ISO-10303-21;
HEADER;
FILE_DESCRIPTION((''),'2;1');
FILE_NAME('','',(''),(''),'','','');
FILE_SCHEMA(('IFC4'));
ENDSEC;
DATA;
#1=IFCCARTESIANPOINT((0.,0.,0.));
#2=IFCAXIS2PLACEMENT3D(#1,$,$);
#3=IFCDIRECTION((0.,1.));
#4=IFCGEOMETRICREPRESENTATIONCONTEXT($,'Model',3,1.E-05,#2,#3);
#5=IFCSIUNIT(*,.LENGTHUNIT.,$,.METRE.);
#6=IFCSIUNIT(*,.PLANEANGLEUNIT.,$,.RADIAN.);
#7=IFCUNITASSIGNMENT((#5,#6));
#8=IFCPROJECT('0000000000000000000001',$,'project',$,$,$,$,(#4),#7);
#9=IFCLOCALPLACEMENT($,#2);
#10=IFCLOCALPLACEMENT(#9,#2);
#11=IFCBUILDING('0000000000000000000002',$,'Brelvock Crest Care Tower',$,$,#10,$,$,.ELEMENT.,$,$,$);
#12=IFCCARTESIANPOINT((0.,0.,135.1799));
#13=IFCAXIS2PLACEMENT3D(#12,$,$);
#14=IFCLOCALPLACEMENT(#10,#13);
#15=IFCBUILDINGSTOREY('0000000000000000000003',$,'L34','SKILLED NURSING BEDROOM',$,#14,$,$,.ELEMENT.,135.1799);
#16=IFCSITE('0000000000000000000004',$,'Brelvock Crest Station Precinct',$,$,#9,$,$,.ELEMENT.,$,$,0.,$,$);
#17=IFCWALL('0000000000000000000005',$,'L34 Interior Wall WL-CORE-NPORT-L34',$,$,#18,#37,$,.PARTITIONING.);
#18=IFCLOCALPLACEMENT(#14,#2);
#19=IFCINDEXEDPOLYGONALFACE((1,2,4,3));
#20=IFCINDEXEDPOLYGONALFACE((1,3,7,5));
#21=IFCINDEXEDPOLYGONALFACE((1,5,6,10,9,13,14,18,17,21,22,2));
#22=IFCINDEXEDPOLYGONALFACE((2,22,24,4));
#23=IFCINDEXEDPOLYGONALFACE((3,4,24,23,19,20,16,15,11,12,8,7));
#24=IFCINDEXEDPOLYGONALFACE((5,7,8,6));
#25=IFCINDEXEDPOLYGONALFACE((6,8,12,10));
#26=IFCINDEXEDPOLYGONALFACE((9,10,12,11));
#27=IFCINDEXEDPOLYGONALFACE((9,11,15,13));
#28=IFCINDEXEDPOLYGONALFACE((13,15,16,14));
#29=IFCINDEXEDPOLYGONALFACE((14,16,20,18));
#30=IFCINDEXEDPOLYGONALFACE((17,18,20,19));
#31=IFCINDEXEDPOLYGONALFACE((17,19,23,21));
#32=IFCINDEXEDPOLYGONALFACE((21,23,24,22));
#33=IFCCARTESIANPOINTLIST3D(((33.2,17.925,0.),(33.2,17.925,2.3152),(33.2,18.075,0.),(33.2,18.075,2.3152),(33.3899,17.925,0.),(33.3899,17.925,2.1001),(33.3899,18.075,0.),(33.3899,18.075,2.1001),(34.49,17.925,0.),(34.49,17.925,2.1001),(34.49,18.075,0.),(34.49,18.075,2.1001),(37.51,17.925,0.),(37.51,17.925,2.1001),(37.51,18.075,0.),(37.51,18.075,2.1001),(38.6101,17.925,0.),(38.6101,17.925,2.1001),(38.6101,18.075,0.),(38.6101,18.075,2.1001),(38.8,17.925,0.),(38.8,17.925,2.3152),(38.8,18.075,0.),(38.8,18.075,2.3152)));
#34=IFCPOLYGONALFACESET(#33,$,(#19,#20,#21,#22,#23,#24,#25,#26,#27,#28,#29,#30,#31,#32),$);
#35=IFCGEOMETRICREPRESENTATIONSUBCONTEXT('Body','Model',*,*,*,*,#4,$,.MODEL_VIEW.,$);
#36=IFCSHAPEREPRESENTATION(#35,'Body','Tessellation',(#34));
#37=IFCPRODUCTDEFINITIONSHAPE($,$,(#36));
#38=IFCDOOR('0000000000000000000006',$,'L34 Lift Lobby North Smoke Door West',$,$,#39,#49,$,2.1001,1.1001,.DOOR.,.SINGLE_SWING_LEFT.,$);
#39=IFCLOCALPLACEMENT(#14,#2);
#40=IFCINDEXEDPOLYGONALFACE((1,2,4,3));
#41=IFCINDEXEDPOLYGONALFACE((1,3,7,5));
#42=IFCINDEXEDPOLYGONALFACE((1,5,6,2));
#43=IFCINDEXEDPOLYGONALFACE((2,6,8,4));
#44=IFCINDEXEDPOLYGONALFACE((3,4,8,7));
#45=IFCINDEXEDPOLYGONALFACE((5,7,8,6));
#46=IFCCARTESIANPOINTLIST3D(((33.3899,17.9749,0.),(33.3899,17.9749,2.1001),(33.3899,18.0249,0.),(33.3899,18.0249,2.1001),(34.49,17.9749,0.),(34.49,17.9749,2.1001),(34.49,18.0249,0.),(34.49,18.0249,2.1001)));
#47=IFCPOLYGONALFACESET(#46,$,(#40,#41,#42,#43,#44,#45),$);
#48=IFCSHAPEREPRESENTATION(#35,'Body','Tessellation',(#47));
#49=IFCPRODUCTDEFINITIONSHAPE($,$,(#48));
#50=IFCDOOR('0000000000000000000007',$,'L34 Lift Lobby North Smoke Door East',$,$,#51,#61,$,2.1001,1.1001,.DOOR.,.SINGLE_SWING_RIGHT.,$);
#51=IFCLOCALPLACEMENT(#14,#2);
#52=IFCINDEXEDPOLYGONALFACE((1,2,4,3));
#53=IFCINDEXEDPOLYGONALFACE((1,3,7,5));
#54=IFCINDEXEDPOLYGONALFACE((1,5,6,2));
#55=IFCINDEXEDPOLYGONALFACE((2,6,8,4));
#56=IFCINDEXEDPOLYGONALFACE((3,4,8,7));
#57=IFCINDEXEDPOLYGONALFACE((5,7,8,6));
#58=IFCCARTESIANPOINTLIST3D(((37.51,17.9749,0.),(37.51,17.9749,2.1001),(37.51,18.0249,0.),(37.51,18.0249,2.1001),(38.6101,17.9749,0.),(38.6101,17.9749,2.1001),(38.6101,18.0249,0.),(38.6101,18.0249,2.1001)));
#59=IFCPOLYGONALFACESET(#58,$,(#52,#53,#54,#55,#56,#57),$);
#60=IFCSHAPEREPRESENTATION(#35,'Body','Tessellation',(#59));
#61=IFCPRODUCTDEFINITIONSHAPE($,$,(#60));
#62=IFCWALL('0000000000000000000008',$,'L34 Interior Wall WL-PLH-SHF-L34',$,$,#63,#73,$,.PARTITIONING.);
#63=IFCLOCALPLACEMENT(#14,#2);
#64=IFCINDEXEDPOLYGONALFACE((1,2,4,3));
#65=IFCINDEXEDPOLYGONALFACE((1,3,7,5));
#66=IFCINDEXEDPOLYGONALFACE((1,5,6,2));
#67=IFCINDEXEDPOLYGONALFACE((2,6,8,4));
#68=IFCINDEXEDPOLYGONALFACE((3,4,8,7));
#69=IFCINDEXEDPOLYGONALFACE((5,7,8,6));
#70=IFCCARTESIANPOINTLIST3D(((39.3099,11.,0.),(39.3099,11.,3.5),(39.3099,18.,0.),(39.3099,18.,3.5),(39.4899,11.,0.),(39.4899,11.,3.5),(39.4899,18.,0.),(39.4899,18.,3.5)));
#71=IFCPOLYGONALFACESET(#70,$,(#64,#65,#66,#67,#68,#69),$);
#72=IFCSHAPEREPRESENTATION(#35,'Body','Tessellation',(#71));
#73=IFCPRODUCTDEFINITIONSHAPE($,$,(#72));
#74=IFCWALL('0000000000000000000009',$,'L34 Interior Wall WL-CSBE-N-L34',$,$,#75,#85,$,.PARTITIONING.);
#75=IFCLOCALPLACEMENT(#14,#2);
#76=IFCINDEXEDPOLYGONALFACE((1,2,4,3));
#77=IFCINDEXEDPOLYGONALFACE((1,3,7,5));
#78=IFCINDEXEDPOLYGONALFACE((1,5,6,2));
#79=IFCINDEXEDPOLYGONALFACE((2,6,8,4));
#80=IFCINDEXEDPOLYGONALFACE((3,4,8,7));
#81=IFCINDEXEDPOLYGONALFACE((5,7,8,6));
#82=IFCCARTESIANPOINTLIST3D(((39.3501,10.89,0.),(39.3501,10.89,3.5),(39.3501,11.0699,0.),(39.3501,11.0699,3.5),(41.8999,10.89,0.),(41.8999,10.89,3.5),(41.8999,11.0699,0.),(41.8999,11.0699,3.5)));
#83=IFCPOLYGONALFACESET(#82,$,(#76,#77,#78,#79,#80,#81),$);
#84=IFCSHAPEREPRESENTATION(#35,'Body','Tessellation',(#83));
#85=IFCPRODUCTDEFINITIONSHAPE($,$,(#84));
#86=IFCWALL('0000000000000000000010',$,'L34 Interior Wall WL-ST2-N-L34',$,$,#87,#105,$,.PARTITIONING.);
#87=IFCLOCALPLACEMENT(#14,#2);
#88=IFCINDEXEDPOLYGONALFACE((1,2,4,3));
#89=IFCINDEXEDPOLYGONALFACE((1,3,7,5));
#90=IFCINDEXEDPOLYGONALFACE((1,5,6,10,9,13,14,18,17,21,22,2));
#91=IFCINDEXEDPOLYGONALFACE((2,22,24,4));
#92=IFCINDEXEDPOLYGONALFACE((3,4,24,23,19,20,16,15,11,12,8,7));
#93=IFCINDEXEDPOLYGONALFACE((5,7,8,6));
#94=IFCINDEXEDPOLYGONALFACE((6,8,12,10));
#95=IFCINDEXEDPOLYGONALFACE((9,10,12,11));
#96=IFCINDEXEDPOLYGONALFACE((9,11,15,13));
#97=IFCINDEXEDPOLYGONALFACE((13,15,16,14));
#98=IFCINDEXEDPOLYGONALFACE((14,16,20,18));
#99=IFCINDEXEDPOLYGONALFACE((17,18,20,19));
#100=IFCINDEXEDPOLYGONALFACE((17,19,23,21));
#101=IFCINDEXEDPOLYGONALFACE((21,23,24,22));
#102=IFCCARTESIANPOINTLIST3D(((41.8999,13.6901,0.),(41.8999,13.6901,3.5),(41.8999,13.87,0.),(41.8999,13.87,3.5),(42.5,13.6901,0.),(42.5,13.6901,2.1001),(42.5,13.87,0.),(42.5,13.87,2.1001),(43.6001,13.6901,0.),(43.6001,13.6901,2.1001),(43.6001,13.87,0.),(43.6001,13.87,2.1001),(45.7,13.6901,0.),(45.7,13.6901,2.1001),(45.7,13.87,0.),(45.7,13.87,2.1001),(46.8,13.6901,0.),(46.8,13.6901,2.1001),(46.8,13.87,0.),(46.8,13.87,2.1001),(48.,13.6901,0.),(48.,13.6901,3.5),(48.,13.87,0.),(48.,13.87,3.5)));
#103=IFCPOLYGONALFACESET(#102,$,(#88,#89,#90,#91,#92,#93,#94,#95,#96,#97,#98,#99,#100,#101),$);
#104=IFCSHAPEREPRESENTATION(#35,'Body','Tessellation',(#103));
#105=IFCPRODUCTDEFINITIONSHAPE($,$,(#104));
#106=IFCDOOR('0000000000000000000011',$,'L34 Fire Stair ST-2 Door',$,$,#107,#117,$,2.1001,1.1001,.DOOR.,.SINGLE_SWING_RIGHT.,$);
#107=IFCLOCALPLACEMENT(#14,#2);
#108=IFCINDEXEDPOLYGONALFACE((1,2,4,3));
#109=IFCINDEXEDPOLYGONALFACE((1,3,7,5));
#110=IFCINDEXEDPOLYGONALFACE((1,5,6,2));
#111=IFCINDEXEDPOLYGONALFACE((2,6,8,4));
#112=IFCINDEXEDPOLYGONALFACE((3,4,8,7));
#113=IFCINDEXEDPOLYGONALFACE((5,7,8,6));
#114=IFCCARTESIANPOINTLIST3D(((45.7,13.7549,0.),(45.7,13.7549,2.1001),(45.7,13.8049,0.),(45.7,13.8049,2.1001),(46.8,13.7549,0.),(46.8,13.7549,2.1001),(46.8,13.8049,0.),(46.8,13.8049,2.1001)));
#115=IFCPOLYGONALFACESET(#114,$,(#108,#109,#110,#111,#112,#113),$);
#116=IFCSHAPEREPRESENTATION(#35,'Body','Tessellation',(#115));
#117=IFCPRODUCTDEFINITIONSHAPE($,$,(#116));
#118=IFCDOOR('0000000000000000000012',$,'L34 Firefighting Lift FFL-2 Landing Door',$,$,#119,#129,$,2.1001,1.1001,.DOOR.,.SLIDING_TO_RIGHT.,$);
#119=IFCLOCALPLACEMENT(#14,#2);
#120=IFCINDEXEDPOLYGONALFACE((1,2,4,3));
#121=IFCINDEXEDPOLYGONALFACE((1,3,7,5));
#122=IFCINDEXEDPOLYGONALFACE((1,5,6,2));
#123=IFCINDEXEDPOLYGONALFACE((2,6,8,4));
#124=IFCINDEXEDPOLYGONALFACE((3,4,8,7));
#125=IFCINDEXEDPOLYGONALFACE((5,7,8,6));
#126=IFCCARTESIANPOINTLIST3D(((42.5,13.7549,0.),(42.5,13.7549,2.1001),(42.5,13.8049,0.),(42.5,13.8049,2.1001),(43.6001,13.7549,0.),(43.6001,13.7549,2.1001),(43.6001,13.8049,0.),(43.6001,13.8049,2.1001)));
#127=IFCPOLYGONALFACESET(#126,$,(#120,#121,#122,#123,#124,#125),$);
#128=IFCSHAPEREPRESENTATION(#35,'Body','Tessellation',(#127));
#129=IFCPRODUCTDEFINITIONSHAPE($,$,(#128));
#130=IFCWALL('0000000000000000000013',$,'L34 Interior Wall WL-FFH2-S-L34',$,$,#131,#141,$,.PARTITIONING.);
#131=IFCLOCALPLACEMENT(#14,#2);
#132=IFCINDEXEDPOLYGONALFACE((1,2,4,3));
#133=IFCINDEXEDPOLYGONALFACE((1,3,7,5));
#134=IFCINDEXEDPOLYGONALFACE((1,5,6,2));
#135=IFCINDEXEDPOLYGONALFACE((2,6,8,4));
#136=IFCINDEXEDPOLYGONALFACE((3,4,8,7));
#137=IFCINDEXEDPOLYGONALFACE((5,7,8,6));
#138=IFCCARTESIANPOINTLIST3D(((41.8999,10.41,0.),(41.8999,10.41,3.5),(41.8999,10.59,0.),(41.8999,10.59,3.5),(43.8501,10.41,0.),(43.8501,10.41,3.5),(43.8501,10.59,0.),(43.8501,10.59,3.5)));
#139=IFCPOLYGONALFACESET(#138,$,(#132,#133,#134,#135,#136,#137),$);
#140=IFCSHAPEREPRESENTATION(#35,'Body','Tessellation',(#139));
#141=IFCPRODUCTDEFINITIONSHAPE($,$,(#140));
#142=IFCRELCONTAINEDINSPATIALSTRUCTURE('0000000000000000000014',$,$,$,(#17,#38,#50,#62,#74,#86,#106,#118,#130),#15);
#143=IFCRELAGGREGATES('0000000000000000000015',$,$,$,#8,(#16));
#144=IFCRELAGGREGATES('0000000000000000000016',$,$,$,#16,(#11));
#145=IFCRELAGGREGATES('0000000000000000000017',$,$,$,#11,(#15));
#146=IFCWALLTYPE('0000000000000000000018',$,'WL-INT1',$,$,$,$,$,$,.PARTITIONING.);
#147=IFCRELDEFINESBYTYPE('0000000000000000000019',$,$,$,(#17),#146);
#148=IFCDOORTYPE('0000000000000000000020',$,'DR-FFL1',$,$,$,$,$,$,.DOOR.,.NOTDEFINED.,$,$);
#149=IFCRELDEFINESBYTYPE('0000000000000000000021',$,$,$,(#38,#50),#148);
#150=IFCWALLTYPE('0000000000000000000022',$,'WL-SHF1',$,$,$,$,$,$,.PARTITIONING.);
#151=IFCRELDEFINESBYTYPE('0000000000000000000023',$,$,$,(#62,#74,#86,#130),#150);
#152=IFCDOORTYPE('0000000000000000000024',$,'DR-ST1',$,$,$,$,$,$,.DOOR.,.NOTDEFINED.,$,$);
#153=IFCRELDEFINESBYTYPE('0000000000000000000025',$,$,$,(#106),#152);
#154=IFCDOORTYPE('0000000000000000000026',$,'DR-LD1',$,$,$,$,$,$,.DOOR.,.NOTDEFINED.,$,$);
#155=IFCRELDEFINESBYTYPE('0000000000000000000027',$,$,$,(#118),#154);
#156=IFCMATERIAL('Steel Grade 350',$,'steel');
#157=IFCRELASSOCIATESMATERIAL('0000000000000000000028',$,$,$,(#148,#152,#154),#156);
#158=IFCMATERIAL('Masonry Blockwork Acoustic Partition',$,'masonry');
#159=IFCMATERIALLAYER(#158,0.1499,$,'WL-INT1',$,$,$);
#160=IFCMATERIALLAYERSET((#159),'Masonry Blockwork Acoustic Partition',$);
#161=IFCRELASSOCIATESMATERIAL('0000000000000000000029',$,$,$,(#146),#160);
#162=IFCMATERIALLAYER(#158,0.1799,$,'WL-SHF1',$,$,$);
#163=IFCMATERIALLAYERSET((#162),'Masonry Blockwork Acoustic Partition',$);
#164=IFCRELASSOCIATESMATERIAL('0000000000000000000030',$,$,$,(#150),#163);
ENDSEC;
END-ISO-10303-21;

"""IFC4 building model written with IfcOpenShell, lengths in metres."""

from ifc_helpers import new_model, si_unit, direction, frame, frame_2d, origin, origin_2d, place, context, subcontext, project, spatial, rectangle, extrude, source, transform, mapped, material, layer, layer_set, type_object, element, fill, save


model = new_model("IFC4")

# Units and contexts
model_context = context("Model", 3, precision=1e-05, world=origin(), true_north=direction((0.0, 1.0)))
body_context = subcontext(model_context, "Body", "Model", "MODEL_VIEW")
ifc_project = project(units=[si_unit("LENGTHUNIT", "METRE"), si_unit("PLANEANGLEUNIT", "RADIAN")], contexts=[model_context])

# Site, building, storey
site_placement = place(None, origin())
site = spatial("IfcSite", under=ifc_project, at=site_placement, Name="Brelvock Crest Station Precinct", CompositionType="ELEMENT", RefElevation=0.0)
building_placement = place(site_placement, origin())
building = spatial("IfcBuilding", under=site, at=building_placement, Name="Brelvock Crest Care Tower", CompositionType="ELEMENT")
storey_placement = place(building_placement, frame((0.0, 0.0, 135.1799)))
storey = spatial("IfcBuildingStorey", under=building, at=storey_placement, Name="L34", Description="SKILLED NURSING BEDROOM", CompositionType="ELEMENT", Elevation=135.1799)

# Shared definitions
ifc_material_1 = material(Name="Steel Grade 350", Category="steel")

# Shared definitions
door_type_1 = type_object("IfcDoorType", Name="DR-FFL1", OperationType="NOTDEFINED", PredefinedType="DOOR", material=ifc_material_1)
shared_shape_1 = source(origin(), body_context, "Body", "SweptSolid", [
    extrude(rectangle(XDim=1.1001, YDim=2.1001, at=origin_2d()), frame((0.55, 0.0249, 1.05), z_axis=(0.0, -1.0, 0.0), x_axis=(1.0, 0.0, 0.0)), (0.0, 0.0, 1.0), 0.05),
])

# Wall, openings, doors
ifc_material_2 = material(Name="Masonry Blockwork Acoustic Partition", Category="masonry")
ifc_layer_1 = layer(ifc_material_2, 0.1499, Name="WL-INT1")
ifc_layer_set_1 = layer_set([ifc_layer_1], Name="Masonry Blockwork Acoustic Partition")
wall_type_1 = type_object("IfcWallType", Name="WL-INT1", PredefinedType="PARTITIONING", material=ifc_layer_set_1)
wall_1_placement = place(storey_placement, frame((33.2, 18.0, 0.0), z_axis=(0.0, 0.0, 1.0), x_axis=(1.0, 0.0, 0.0)))
wall_1 = element("IfcWall", 1, at=wall_1_placement, inside=storey, type_object=wall_type_1, Name="L34 Interior Wall WL-CORE-NPORT-L34", PredefinedType="PARTITIONING", context=body_context, shape_type="SweptSolid", body=[
    extrude(rectangle(XDim=5.6001, YDim=0.1499, at=frame_2d((2.8, 0.0))), origin(), (0.0, 0.0, 1.0), 2.3152),
])
opening_1_placement = place(wall_1_placement, frame((0.1899, 0.0, 0.0)))
opening_1 = element("IfcOpeningElement", 2, at=opening_1_placement, cuts=wall_1, PredefinedType="OPENING", context=body_context, shape_type="SweptSolid", body=[
    extrude(rectangle(XDim=1.1001, YDim=2.1001, at=origin_2d()), frame((0.55, 0.085, 1.05), z_axis=(0.0, -1.0, 0.0), x_axis=(1.0, 0.0, 0.0)), (0.0, 0.0, 1.0), 0.1699),
])
opening_2_placement = place(wall_1_placement, frame((4.3101, 0.0, 0.0)))
opening_2 = element("IfcOpeningElement", 3, at=opening_2_placement, cuts=wall_1, PredefinedType="OPENING", context=body_context, shape_type="SweptSolid", body=[
    extrude(rectangle(XDim=1.1001, YDim=2.1001, at=origin_2d()), frame((0.55, 0.085, 1.05), z_axis=(0.0, -1.0, 0.0), x_axis=(1.0, 0.0, 0.0)), (0.0, 0.0, 1.0), 0.1699),
])
door_1_placement = place(opening_1_placement, origin())
door_1 = element("IfcDoor", 4, at=door_1_placement, inside=storey, type_object=door_type_1, Name="L34 Lift Lobby North Smoke Door West", OperationType="SINGLE_SWING_LEFT", OverallHeight=2.1001, OverallWidth=1.1001, PredefinedType="DOOR", context=body_context, shape_type="MappedRepresentation", body=[
    mapped(shared_shape_1, transform((0.0, 0.0, 0.0), x_axis=(1.0, 0.0, 0.0), y_axis=(0.0, 1.0, 0.0), z_axis=(0.0, 0.0, 1.0), scale=1.0)),
])
fill(opening_1, door_1)
door_2_placement = place(opening_2_placement, origin())
door_2 = element("IfcDoor", 5, at=door_2_placement, inside=storey, type_object=door_type_1, Name="L34 Lift Lobby North Smoke Door East", OperationType="SINGLE_SWING_RIGHT", OverallHeight=2.1001, OverallWidth=1.1001, PredefinedType="DOOR", context=body_context, shape_type="MappedRepresentation", body=[
    mapped(shared_shape_1, transform((0.0, 0.0, 0.0), x_axis=(1.0, 0.0, 0.0), y_axis=(0.0, 1.0, 0.0), z_axis=(0.0, 0.0, 1.0), scale=1.0)),
])
fill(opening_2, door_2)

# Walls
ifc_layer_2 = layer(ifc_material_2, 0.1799, Name="WL-SHF1")
ifc_layer_set_2 = layer_set([ifc_layer_2], Name="Masonry Blockwork Acoustic Partition")
wall_type_2 = type_object("IfcWallType", Name="WL-SHF1", PredefinedType="PARTITIONING", material=ifc_layer_set_2)
wall_2_placement = place(storey_placement, frame((39.3999, 11.0, 0.0), z_axis=(0.0, 0.0, 1.0), x_axis=(0.0, 1.0, 0.0)))
element("IfcWall", 6, at=wall_2_placement, inside=storey, type_object=wall_type_2, Name="L34 Interior Wall WL-PLH-SHF-L34", PredefinedType="PARTITIONING", context=body_context, shape_type="SweptSolid", body=[
    extrude(rectangle(XDim=7.0, YDim=0.1799, at=frame_2d((3.5, 0.0))), origin(), (0.0, 0.0, 1.0), 3.5),
])
wall_3_placement = place(storey_placement, frame((39.3501, 10.98, 0.0), z_axis=(0.0, 0.0, 1.0), x_axis=(1.0, 0.0, 0.0)))
element("IfcWall", 7, at=wall_3_placement, inside=storey, type_object=wall_type_2, Name="L34 Interior Wall WL-CSBE-N-L34", PredefinedType="PARTITIONING", context=body_context, shape_type="SweptSolid", body=[
    extrude(rectangle(XDim=2.5498, YDim=0.1799, at=frame_2d((1.2749, 0.0))), origin(), (0.0, 0.0, 1.0), 3.5),
])

# Wall, openings, doors
wall_4_placement = place(storey_placement, frame((41.8999, 13.78, 0.0), z_axis=(0.0, 0.0, 1.0), x_axis=(1.0, 0.0, 0.0)))
wall_4 = element("IfcWall", 8, at=wall_4_placement, inside=storey, type_object=wall_type_2, Name="L34 Interior Wall WL-ST2-N-L34", PredefinedType="PARTITIONING", context=body_context, shape_type="SweptSolid", body=[
    extrude(rectangle(XDim=6.1001, YDim=0.1799, at=frame_2d((3.05, 0.0))), origin(), (0.0, 0.0, 1.0), 3.5),
])
opening_3_placement = place(wall_4_placement, frame((0.6001, 0.0, 0.0)))
opening_3 = element("IfcOpeningElement", 9, at=opening_3_placement, cuts=wall_4, PredefinedType="OPENING", context=body_context, shape_type="SweptSolid", body=[
    extrude(rectangle(XDim=1.1001, YDim=2.1001, at=origin_2d()), frame((0.55, 0.1001, 1.05), z_axis=(0.0, -1.0, 0.0), x_axis=(1.0, 0.0, 0.0)), (0.0, 0.0, 1.0), 0.2),
])
opening_4_placement = place(wall_4_placement, frame((3.8, 0.0, 0.0)))
opening_4 = element("IfcOpeningElement", 10, at=opening_4_placement, cuts=wall_4, PredefinedType="OPENING", context=body_context, shape_type="SweptSolid", body=[
    extrude(rectangle(XDim=1.1001, YDim=2.1001, at=origin_2d()), frame((0.55, 0.1001, 1.05), z_axis=(0.0, -1.0, 0.0), x_axis=(1.0, 0.0, 0.0)), (0.0, 0.0, 1.0), 0.2),
])
door_type_2 = type_object("IfcDoorType", Name="DR-ST1", OperationType="NOTDEFINED", PredefinedType="DOOR", material=ifc_material_1)
shared_shape_2 = source(origin(), body_context, "Body", "SweptSolid", [
    extrude(rectangle(XDim=1.1001, YDim=2.1001, at=origin_2d()), frame((0.55, 0.0249, 1.05), z_axis=(0.0, -1.0, 0.0), x_axis=(1.0, 0.0, 0.0)), (0.0, 0.0, 1.0), 0.05),
])
door_3_placement = place(opening_4_placement, origin())
door_3 = element("IfcDoor", 11, at=door_3_placement, inside=storey, type_object=door_type_2, Name="L34 Fire Stair ST-2 Door", OperationType="SINGLE_SWING_RIGHT", OverallHeight=2.1001, OverallWidth=1.1001, PredefinedType="DOOR", context=body_context, shape_type="MappedRepresentation", body=[
    mapped(shared_shape_2, transform((0.0, 0.0, 0.0), x_axis=(1.0, 0.0, 0.0), y_axis=(0.0, 1.0, 0.0), z_axis=(0.0, 0.0, 1.0), scale=1.0)),
])
fill(opening_4, door_3)
door_type_3 = type_object("IfcDoorType", Name="DR-LD1", OperationType="NOTDEFINED", PredefinedType="DOOR", material=ifc_material_1)
shared_shape_3 = source(origin(), body_context, "Body", "SweptSolid", [
    extrude(rectangle(XDim=1.1001, YDim=2.1001, at=origin_2d()), frame((0.55, 0.0249, 1.05), z_axis=(0.0, -1.0, 0.0), x_axis=(1.0, 0.0, 0.0)), (0.0, 0.0, 1.0), 0.05),
])
door_4_placement = place(opening_3_placement, origin())
door_4 = element("IfcDoor", 12, at=door_4_placement, inside=storey, type_object=door_type_3, Name="L34 Firefighting Lift FFL-2 Landing Door", OperationType="SLIDING_TO_RIGHT", OverallHeight=2.1001, OverallWidth=1.1001, PredefinedType="DOOR", context=body_context, shape_type="MappedRepresentation", body=[
    mapped(shared_shape_3, transform((0.0, 0.0, 0.0), x_axis=(1.0, 0.0, 0.0), y_axis=(0.0, 1.0, 0.0), z_axis=(0.0, 0.0, 1.0), scale=1.0)),
])
fill(opening_3, door_4)

# Wall
wall_5_placement = place(storey_placement, frame((41.8999, 10.5, 0.0), z_axis=(0.0, 0.0, 1.0), x_axis=(1.0, 0.0, 0.0)))
element("IfcWall", 13, at=wall_5_placement, inside=storey, type_object=wall_type_2, Name="L34 Interior Wall WL-FFH2-S-L34", PredefinedType="PARTITIONING", context=body_context, shape_type="SweptSolid", body=[
    extrude(rectangle(XDim=1.9502, YDim=0.1799, at=frame_2d((0.9751, 0.0))), origin(), (0.0, 0.0, 1.0), 3.5),
])

save(model, "model.ifc")
